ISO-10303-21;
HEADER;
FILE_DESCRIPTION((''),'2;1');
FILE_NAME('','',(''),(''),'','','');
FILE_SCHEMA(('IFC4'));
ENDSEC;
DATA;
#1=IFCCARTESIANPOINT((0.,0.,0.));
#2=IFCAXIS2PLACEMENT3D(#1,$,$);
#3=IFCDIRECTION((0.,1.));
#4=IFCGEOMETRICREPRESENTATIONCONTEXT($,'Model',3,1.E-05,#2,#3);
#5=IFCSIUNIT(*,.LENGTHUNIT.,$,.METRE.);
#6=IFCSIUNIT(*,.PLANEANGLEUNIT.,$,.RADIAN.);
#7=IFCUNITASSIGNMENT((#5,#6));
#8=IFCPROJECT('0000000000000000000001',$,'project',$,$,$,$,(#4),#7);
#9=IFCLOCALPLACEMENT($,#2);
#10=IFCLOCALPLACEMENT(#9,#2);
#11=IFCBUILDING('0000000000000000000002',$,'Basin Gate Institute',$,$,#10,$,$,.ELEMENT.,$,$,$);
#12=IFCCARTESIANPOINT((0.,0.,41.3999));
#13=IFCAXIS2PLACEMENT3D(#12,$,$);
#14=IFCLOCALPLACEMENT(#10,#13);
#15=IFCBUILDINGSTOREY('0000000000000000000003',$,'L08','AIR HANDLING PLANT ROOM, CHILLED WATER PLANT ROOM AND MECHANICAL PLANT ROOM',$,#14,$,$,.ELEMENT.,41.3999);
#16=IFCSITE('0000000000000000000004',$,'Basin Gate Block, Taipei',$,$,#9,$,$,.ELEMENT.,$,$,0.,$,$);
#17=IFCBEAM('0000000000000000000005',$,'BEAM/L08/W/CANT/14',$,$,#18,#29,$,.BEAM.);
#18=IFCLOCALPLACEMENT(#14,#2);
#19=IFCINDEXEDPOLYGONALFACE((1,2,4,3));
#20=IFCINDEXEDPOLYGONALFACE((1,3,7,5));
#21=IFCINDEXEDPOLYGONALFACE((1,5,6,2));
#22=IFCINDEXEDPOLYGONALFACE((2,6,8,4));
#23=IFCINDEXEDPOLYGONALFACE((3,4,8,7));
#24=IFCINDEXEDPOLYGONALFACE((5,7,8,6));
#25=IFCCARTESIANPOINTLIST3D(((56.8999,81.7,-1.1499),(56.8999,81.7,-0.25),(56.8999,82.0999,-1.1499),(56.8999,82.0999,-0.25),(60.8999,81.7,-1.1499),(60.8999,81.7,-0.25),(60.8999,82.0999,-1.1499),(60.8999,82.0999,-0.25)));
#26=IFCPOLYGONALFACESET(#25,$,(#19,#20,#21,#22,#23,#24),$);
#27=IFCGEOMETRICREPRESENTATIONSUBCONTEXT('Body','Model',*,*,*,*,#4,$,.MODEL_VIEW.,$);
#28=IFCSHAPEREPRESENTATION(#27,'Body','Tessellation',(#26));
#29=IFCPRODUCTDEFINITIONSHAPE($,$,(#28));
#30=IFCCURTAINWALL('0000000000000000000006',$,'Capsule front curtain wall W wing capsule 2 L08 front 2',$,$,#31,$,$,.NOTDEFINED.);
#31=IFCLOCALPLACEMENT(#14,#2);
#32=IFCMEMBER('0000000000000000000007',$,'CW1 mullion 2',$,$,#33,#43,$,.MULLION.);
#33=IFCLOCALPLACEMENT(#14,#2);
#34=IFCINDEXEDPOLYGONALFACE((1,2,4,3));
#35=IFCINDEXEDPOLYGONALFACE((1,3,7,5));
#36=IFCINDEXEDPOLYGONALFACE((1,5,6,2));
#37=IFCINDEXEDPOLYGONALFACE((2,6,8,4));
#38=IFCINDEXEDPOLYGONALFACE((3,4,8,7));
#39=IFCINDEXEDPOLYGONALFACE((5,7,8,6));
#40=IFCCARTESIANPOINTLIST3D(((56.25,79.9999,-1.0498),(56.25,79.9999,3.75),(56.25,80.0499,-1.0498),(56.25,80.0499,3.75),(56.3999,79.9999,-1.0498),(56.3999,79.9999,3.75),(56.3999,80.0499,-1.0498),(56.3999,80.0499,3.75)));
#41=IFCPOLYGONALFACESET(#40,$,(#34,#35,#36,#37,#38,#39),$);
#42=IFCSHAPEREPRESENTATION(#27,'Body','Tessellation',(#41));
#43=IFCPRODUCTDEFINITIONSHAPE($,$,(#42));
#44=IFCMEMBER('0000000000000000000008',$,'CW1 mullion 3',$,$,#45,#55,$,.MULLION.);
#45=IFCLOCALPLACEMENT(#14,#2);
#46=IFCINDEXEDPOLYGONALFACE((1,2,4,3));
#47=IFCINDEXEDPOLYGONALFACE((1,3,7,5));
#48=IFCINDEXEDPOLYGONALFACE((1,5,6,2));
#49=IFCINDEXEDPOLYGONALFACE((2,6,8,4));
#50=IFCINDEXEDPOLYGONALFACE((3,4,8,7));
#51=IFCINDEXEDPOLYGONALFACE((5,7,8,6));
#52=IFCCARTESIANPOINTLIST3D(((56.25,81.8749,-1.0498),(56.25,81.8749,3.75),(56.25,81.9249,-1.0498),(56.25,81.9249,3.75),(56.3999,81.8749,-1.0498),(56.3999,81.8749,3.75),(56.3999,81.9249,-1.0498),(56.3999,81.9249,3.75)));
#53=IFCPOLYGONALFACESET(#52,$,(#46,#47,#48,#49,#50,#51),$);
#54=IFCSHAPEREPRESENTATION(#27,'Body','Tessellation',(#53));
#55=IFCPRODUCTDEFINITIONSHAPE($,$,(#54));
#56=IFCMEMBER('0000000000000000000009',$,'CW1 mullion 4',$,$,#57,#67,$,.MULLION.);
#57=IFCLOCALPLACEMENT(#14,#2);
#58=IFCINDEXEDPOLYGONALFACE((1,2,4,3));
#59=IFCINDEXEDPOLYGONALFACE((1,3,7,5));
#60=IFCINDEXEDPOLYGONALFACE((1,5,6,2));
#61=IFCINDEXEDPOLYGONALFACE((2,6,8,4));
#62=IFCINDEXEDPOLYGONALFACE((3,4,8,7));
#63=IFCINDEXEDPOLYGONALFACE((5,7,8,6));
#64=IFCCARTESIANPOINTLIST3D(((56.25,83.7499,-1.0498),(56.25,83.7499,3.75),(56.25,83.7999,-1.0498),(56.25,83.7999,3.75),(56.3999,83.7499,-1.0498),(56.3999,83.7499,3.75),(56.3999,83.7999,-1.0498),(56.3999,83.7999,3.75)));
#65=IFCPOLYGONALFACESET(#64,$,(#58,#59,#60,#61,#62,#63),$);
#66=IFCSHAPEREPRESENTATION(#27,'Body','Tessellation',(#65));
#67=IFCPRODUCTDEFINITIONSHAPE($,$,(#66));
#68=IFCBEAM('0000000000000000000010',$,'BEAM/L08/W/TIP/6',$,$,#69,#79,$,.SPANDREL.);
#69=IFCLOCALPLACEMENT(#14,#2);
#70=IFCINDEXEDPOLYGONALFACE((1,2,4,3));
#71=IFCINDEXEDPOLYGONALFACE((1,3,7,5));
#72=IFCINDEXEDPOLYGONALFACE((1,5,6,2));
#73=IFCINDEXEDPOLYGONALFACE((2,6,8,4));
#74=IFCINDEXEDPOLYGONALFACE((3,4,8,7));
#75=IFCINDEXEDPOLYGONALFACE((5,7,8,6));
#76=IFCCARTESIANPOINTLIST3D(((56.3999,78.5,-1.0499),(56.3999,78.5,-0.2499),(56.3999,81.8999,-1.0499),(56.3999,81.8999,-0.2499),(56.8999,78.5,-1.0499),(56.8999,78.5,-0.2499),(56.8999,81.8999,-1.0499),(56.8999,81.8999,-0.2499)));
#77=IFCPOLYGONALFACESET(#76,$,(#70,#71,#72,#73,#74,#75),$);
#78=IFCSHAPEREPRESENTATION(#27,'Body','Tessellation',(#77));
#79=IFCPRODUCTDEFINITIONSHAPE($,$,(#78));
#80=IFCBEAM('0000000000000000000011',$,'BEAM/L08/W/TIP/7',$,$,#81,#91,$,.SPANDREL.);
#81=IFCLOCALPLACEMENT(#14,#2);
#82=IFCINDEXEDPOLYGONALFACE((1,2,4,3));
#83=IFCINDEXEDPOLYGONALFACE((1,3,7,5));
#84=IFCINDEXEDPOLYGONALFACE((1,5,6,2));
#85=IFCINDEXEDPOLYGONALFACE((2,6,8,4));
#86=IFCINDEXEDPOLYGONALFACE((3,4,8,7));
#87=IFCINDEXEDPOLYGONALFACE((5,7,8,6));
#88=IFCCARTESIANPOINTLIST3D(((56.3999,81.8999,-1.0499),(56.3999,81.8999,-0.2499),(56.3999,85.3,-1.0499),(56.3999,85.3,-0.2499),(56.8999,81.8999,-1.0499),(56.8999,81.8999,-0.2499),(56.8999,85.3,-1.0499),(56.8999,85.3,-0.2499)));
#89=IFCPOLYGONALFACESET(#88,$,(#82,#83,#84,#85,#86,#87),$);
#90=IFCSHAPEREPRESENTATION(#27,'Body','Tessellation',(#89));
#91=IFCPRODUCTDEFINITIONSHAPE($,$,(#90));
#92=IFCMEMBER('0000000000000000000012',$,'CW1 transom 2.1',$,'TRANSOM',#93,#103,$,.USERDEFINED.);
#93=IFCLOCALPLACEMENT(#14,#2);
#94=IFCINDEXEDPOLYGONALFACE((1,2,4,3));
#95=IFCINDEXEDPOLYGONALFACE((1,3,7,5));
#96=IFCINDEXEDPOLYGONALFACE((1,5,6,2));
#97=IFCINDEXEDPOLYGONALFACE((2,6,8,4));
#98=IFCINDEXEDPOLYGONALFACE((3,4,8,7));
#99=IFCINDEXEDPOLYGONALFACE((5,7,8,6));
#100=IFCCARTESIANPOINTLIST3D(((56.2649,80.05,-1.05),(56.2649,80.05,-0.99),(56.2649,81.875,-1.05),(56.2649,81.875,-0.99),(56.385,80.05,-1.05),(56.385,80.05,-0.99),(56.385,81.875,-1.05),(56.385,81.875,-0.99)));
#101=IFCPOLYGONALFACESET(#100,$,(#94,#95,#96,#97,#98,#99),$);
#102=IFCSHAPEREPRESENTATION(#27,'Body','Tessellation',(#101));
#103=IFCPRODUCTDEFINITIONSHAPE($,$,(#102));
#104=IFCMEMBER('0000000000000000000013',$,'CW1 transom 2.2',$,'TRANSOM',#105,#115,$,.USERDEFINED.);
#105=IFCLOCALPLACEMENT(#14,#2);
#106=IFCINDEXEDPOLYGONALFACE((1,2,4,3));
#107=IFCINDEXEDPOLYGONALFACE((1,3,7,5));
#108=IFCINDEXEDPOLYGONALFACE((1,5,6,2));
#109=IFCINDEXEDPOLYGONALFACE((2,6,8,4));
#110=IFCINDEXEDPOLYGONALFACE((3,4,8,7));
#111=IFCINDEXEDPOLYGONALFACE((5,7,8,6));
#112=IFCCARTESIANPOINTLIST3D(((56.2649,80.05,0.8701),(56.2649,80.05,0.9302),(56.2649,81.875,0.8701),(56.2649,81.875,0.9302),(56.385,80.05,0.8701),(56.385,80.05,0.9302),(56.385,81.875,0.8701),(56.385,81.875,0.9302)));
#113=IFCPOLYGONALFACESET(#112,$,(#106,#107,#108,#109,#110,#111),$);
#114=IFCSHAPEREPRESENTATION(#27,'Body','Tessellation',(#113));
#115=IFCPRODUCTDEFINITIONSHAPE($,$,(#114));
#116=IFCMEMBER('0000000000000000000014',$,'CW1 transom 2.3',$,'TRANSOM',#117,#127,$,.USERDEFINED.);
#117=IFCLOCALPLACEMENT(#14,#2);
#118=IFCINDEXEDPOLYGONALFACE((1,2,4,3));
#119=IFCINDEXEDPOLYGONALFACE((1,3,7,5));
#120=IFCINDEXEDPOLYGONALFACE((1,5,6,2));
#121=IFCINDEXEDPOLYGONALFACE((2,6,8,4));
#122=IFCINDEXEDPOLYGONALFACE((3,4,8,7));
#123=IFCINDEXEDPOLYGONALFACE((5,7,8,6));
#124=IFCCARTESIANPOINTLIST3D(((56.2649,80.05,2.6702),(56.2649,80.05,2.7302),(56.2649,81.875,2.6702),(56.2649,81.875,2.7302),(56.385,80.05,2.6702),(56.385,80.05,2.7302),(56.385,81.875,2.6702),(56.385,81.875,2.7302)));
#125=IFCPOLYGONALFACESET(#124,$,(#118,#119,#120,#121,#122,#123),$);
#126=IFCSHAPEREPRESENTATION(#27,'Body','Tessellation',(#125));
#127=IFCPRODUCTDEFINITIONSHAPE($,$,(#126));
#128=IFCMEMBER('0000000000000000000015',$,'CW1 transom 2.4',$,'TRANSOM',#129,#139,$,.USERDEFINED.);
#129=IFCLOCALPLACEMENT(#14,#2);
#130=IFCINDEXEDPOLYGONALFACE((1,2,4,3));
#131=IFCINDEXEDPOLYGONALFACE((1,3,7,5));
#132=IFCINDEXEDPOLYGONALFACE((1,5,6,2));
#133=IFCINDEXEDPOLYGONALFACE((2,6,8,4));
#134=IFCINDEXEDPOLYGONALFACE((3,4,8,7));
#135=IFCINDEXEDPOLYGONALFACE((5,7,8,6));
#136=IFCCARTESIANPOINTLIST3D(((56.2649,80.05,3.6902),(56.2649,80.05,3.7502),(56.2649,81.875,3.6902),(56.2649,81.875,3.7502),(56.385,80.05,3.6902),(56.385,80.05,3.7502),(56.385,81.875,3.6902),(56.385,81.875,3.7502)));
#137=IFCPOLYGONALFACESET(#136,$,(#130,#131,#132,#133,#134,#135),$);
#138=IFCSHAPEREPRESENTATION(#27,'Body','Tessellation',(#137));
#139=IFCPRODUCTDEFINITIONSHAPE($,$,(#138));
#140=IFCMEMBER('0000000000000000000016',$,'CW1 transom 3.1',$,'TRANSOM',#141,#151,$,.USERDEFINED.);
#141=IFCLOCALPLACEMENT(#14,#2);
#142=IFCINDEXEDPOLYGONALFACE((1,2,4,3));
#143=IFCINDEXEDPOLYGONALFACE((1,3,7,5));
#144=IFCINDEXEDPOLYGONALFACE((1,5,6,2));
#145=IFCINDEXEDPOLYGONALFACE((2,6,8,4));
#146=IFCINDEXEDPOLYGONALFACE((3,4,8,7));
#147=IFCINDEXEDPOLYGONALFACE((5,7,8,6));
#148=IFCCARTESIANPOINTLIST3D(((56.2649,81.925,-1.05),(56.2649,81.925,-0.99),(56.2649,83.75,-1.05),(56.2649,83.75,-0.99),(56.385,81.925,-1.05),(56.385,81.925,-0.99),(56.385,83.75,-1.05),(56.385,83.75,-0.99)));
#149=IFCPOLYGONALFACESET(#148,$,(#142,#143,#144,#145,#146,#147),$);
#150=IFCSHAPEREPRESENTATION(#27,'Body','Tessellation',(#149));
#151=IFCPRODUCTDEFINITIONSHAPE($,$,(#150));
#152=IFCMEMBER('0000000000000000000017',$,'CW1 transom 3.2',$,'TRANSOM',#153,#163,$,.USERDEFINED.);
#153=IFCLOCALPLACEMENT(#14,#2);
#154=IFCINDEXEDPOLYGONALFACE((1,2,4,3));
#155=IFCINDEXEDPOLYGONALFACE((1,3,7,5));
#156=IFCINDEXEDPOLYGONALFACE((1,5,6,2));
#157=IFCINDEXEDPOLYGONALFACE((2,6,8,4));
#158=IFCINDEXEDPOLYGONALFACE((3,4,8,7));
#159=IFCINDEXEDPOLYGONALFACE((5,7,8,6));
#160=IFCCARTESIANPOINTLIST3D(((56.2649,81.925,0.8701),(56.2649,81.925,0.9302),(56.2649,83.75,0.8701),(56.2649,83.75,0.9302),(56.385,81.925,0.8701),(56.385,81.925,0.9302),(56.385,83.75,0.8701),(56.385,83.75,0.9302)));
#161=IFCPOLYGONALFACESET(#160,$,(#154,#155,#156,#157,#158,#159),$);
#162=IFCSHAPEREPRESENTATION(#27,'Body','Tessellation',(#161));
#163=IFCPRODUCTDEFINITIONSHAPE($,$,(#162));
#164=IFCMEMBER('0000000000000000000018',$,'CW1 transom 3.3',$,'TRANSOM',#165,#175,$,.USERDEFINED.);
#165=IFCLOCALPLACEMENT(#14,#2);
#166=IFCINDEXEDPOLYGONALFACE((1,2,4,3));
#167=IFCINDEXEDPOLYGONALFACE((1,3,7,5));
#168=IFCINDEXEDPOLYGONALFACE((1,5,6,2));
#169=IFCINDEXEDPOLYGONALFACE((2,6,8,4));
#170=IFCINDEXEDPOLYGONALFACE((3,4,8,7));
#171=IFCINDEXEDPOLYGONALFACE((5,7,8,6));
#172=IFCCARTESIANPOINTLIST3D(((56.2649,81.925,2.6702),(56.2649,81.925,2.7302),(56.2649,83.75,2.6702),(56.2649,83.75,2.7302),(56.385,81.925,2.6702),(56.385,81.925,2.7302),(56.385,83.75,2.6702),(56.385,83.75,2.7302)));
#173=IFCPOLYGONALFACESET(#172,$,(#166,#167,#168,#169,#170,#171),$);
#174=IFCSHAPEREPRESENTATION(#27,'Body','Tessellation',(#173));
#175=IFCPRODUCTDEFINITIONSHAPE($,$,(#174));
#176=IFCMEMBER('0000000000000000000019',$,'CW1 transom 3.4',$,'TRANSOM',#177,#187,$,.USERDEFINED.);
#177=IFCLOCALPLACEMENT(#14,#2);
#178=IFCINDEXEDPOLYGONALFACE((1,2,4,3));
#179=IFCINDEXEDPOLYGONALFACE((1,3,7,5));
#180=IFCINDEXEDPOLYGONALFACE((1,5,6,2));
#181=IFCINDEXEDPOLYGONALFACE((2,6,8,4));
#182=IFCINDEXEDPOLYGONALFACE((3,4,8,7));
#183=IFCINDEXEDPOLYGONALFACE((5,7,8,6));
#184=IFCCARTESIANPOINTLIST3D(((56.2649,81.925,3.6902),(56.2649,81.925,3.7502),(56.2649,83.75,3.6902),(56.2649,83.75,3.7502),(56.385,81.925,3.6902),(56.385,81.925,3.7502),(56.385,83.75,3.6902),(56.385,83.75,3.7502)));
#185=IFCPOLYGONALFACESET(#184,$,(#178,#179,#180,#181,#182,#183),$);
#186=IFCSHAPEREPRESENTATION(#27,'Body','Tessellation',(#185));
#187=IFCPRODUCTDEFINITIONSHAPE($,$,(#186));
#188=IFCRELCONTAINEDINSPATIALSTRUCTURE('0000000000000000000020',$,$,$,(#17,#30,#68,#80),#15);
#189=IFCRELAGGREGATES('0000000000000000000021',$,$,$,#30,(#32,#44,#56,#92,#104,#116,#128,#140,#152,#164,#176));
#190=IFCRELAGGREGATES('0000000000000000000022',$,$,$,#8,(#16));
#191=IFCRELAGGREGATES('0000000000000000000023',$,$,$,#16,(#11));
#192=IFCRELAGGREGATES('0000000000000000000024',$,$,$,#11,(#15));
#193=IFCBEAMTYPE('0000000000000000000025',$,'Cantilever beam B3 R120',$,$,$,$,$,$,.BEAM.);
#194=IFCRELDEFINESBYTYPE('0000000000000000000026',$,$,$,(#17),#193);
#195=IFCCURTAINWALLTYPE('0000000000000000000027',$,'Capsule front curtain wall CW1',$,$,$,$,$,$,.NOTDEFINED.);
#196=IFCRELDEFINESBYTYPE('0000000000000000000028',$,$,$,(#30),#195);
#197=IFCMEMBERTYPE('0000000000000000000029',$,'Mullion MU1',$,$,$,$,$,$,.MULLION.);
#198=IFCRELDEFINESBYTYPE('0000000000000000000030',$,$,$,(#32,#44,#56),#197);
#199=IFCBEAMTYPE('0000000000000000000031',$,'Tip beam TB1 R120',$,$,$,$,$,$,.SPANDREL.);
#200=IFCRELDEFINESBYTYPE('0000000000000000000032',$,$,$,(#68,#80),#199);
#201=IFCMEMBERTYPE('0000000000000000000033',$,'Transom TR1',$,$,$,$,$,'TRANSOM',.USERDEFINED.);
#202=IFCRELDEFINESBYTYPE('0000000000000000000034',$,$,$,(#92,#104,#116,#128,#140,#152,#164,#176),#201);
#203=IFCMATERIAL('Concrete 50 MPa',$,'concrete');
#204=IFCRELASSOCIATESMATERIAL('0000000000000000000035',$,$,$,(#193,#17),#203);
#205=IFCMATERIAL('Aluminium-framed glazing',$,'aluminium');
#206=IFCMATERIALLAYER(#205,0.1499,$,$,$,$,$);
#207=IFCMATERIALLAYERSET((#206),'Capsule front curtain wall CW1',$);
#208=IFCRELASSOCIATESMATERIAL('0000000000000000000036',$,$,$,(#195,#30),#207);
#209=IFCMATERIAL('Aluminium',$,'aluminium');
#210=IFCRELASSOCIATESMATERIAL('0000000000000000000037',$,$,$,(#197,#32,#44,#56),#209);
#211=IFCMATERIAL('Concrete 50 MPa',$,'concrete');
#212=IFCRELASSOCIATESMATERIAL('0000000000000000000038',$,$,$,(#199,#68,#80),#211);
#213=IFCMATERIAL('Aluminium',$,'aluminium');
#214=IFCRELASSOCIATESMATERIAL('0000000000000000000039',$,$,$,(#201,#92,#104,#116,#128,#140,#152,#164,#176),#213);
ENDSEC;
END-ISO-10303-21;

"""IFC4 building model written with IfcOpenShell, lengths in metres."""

from ifc_helpers import new_model, si_unit, direction, frame, origin, origin_2d, place, context, subcontext, project, spatial, rectangle, extrude, material, layer, layer_set, material_profile, profile_set, type_object, element, aggregate, save


model = new_model("IFC4")

# Units and contexts
model_context = context("Model", 3, precision=1e-05, world=origin(), true_north=direction((0.0, 1.0)))
body_context = subcontext(model_context, "Body", "Model", "MODEL_VIEW")
ifc_project = project(units=[si_unit("LENGTHUNIT", "METRE"), si_unit("PLANEANGLEUNIT", "RADIAN")], contexts=[model_context])

# Site, building, storey
site_placement = place(None, origin())
site = spatial("IfcSite", under=ifc_project, at=site_placement, Name="Basin Gate Block, Taipei", CompositionType="ELEMENT", RefElevation=0.0)
building_placement = place(site_placement, origin())
building = spatial("IfcBuilding", under=site, at=building_placement, Name="Basin Gate Institute", CompositionType="ELEMENT")
storey_placement = place(building_placement, frame((0.0, 0.0, 41.3999)))
storey = spatial("IfcBuildingStorey", under=building, at=storey_placement, Name="L08", Description="AIR HANDLING PLANT ROOM, CHILLED WATER PLANT ROOM AND MECHANICAL PLANT ROOM", CompositionType="ELEMENT", Elevation=41.3999)

# Beam
ifc_material_1 = material(Name="Concrete 50 MPa", Category="concrete")
ifc_material_profile_1 = material_profile(ifc_material_1, rectangle(XDim=0.3999, YDim=0.8999, at=origin_2d()), Name="Cantilever beam B3 400 x 900")
ifc_profile_set_1 = profile_set([ifc_material_profile_1], Name="Concrete 50 MPa")
beam_type_1 = type_object("IfcBeamType", Name="Cantilever beam B3 R120", PredefinedType="BEAM", material=ifc_profile_set_1)
beam_1_placement = place(storey_placement, frame((56.8999, 81.8999, -0.7), z_axis=(1.0, 0.0, 0.0), x_axis=(0.0, 1.0, 0.0)))
element("IfcBeam", 1, at=beam_1_placement, inside=storey, type_object=beam_type_1, material=ifc_profile_set_1, Name="BEAM/L08/W/CANT/14", PredefinedType="BEAM", context=body_context, shape_type="SweptSolid", body=[
    extrude(rectangle(XDim=0.3999, YDim=0.8999, at=origin_2d()), origin(), (0.0, 0.0, 1.0), 4.0),
])

# Curtain wall, members
ifc_material_2 = material(Name="Aluminium-framed glazing", Category="aluminium")
ifc_layer_1 = layer(ifc_material_2, 0.1499)
ifc_layer_set_1 = layer_set([ifc_layer_1], Name="Capsule front curtain wall CW1")
curtain_wall_type = type_object("IfcCurtainWallType", Name="Capsule front curtain wall CW1", PredefinedType="NOTDEFINED", material=ifc_layer_set_1)
curtain_wall_placement = place(storey_placement, origin())
curtain_wall = element("IfcCurtainWall", 2, at=curtain_wall_placement, inside=storey, type_object=curtain_wall_type, material=ifc_layer_set_1, Name="Capsule front curtain wall W wing capsule 2 L08 front 2", PredefinedType="NOTDEFINED")
ifc_material_3 = material(Name="Aluminium", Category="aluminium")
ifc_material_profile_2 = material_profile(ifc_material_3, rectangle(XDim=0.1499, YDim=0.05, at=origin_2d()), Name="Mullion MU1 150 x 50")
ifc_profile_set_2 = profile_set([ifc_material_profile_2], Name="Aluminium")
member_type_1 = type_object("IfcMemberType", Name="Mullion MU1", PredefinedType="MULLION", material=ifc_profile_set_2)
member_1_placement = place(storey_placement, frame((56.325, 80.0249, -1.0498), z_axis=(0.0, 0.0, 1.0), x_axis=(-1.0, 0.0, 0.0)))
member_1 = element("IfcMember", 3, at=member_1_placement, type_object=member_type_1, material=ifc_profile_set_2, Name="CW1 mullion 2", PredefinedType="MULLION", context=body_context, shape_type="SweptSolid", body=[
    extrude(rectangle(XDim=0.1499, YDim=0.05, at=origin_2d()), origin(), (0.0, 0.0, 1.0), 4.7998),
])
member_2_placement = place(storey_placement, frame((56.325, 81.8999, -1.0498), z_axis=(0.0, 0.0, 1.0), x_axis=(-1.0, 0.0, 0.0)))
member_2 = element("IfcMember", 4, at=member_2_placement, type_object=member_type_1, material=ifc_profile_set_2, Name="CW1 mullion 3", PredefinedType="MULLION", context=body_context, shape_type="SweptSolid", body=[
    extrude(rectangle(XDim=0.1499, YDim=0.05, at=origin_2d()), origin(), (0.0, 0.0, 1.0), 4.7998),
])
member_3_placement = place(storey_placement, frame((56.325, 83.7749, -1.0498), z_axis=(0.0, 0.0, 1.0), x_axis=(-1.0, 0.0, 0.0)))
member_3 = element("IfcMember", 5, at=member_3_placement, type_object=member_type_1, material=ifc_profile_set_2, Name="CW1 mullion 4", PredefinedType="MULLION", context=body_context, shape_type="SweptSolid", body=[
    extrude(rectangle(XDim=0.1499, YDim=0.05, at=origin_2d()), origin(), (0.0, 0.0, 1.0), 4.7998),
])

# Beams
ifc_material_4 = material(Name="Concrete 50 MPa", Category="concrete")
ifc_material_profile_3 = material_profile(ifc_material_4, rectangle(XDim=0.5, YDim=0.8, at=origin_2d()), Name="Tip beam TB1 500 x 800")
ifc_profile_set_3 = profile_set([ifc_material_profile_3], Name="Concrete 50 MPa")
beam_type_2 = type_object("IfcBeamType", Name="Tip beam TB1 R120", PredefinedType="SPANDREL", material=ifc_profile_set_3)
beam_2_placement = place(storey_placement, frame((56.6499, 78.5, -0.6499), z_axis=(0.0, 1.0, 0.0), x_axis=(-1.0, 0.0, 0.0)))
element("IfcBeam", 6, at=beam_2_placement, inside=storey, type_object=beam_type_2, material=ifc_profile_set_3, Name="BEAM/L08/W/TIP/6", PredefinedType="SPANDREL", context=body_context, shape_type="SweptSolid", body=[
    extrude(rectangle(XDim=0.5, YDim=0.8, at=origin_2d()), origin(), (0.0, 0.0, 1.0), 3.3999),
])
beam_3_placement = place(storey_placement, frame((56.6499, 81.8999, -0.6499), z_axis=(0.0, 1.0, 0.0), x_axis=(-1.0, 0.0, 0.0)))
element("IfcBeam", 7, at=beam_3_placement, inside=storey, type_object=beam_type_2, material=ifc_profile_set_3, Name="BEAM/L08/W/TIP/7", PredefinedType="SPANDREL", context=body_context, shape_type="SweptSolid", body=[
    extrude(rectangle(XDim=0.5, YDim=0.8, at=origin_2d()), origin(), (0.0, 0.0, 1.0), 3.4001),
])

# Members
ifc_material_5 = material(Name="Aluminium", Category="aluminium")
ifc_material_profile_4 = material_profile(ifc_material_5, rectangle(XDim=0.1201, YDim=0.0601, at=origin_2d()), Name="Transom TR1 120 x 60")
ifc_profile_set_4 = profile_set([ifc_material_profile_4], Name="Aluminium")
member_type_2 = type_object("IfcMemberType", Name="Transom TR1", ElementType="TRANSOM", PredefinedType="USERDEFINED", material=ifc_profile_set_4)
member_4_placement = place(storey_placement, frame((56.325, 80.05, -1.02), z_axis=(0.0, 1.0, 0.0), x_axis=(-1.0, 0.0, 0.0)))
member_4 = element("IfcMember", 8, at=member_4_placement, type_object=member_type_2, material=ifc_profile_set_4, Name="CW1 transom 2.1", ObjectType="TRANSOM", PredefinedType="USERDEFINED", context=body_context, shape_type="SweptSolid", body=[
    extrude(rectangle(XDim=0.1201, YDim=0.0601, at=origin_2d()), origin(), (0.0, 0.0, 1.0), 1.825),
])
member_5_placement = place(storey_placement, frame((56.325, 80.05, 0.9001), z_axis=(0.0, 1.0, 0.0), x_axis=(-1.0, 0.0, 0.0)))
member_5 = element("IfcMember", 9, at=member_5_placement, type_object=member_type_2, material=ifc_profile_set_4, Name="CW1 transom 2.2", ObjectType="TRANSOM", PredefinedType="USERDEFINED", context=body_context, shape_type="SweptSolid", body=[
    extrude(rectangle(XDim=0.1201, YDim=0.0601, at=origin_2d()), origin(), (0.0, 0.0, 1.0), 1.825),
])
member_6_placement = place(storey_placement, frame((56.325, 80.05, 2.7002), z_axis=(0.0, 1.0, 0.0), x_axis=(-1.0, 0.0, 0.0)))
member_6 = element("IfcMember", 10, at=member_6_placement, type_object=member_type_2, material=ifc_profile_set_4, Name="CW1 transom 2.3", ObjectType="TRANSOM", PredefinedType="USERDEFINED", context=body_context, shape_type="SweptSolid", body=[
    extrude(rectangle(XDim=0.1201, YDim=0.0601, at=origin_2d()), origin(), (0.0, 0.0, 1.0), 1.825),
])
member_7_placement = place(storey_placement, frame((56.325, 80.05, 3.7202), z_axis=(0.0, 1.0, 0.0), x_axis=(-1.0, 0.0, 0.0)))
member_7 = element("IfcMember", 11, at=member_7_placement, type_object=member_type_2, material=ifc_profile_set_4, Name="CW1 transom 2.4", ObjectType="TRANSOM", PredefinedType="USERDEFINED", context=body_context, shape_type="SweptSolid", body=[
    extrude(rectangle(XDim=0.1201, YDim=0.0601, at=origin_2d()), origin(), (0.0, 0.0, 1.0), 1.825),
])
member_8_placement = place(storey_placement, frame((56.325, 81.925, -1.02), z_axis=(0.0, 1.0, 0.0), x_axis=(-1.0, 0.0, 0.0)))
member_8 = element("IfcMember", 12, at=member_8_placement, type_object=member_type_2, material=ifc_profile_set_4, Name="CW1 transom 3.1", ObjectType="TRANSOM", PredefinedType="USERDEFINED", context=body_context, shape_type="SweptSolid", body=[
    extrude(rectangle(XDim=0.1201, YDim=0.0601, at=origin_2d()), origin(), (0.0, 0.0, 1.0), 1.825),
])
member_9_placement = place(storey_placement, frame((56.325, 81.925, 0.9001), z_axis=(0.0, 1.0, 0.0), x_axis=(-1.0, 0.0, 0.0)))
member_9 = element("IfcMember", 13, at=member_9_placement, type_object=member_type_2, material=ifc_profile_set_4, Name="CW1 transom 3.2", ObjectType="TRANSOM", PredefinedType="USERDEFINED", context=body_context, shape_type="SweptSolid", body=[
    extrude(rectangle(XDim=0.1201, YDim=0.0601, at=origin_2d()), origin(), (0.0, 0.0, 1.0), 1.825),
])
member_10_placement = place(storey_placement, frame((56.325, 81.925, 2.7002), z_axis=(0.0, 1.0, 0.0), x_axis=(-1.0, 0.0, 0.0)))
member_10 = element("IfcMember", 14, at=member_10_placement, type_object=member_type_2, material=ifc_profile_set_4, Name="CW1 transom 3.3", ObjectType="TRANSOM", PredefinedType="USERDEFINED", context=body_context, shape_type="SweptSolid", body=[
    extrude(rectangle(XDim=0.1201, YDim=0.0601, at=origin_2d()), origin(), (0.0, 0.0, 1.0), 1.825),
])
member_11_placement = place(storey_placement, frame((56.325, 81.925, 3.7202), z_axis=(0.0, 1.0, 0.0), x_axis=(-1.0, 0.0, 0.0)))
member_11 = element("IfcMember", 15, at=member_11_placement, type_object=member_type_2, material=ifc_profile_set_4, Name="CW1 transom 3.4", ObjectType="TRANSOM", PredefinedType="USERDEFINED", context=body_context, shape_type="SweptSolid", body=[
    extrude(rectangle(XDim=0.1201, YDim=0.0601, at=origin_2d()), origin(), (0.0, 0.0, 1.0), 1.825),
])

aggregate(curtain_wall, [member_1, member_2, member_3, member_4, member_5, member_6, member_7, member_8, member_9, member_10, member_11])

save(model, "model.ifc")
